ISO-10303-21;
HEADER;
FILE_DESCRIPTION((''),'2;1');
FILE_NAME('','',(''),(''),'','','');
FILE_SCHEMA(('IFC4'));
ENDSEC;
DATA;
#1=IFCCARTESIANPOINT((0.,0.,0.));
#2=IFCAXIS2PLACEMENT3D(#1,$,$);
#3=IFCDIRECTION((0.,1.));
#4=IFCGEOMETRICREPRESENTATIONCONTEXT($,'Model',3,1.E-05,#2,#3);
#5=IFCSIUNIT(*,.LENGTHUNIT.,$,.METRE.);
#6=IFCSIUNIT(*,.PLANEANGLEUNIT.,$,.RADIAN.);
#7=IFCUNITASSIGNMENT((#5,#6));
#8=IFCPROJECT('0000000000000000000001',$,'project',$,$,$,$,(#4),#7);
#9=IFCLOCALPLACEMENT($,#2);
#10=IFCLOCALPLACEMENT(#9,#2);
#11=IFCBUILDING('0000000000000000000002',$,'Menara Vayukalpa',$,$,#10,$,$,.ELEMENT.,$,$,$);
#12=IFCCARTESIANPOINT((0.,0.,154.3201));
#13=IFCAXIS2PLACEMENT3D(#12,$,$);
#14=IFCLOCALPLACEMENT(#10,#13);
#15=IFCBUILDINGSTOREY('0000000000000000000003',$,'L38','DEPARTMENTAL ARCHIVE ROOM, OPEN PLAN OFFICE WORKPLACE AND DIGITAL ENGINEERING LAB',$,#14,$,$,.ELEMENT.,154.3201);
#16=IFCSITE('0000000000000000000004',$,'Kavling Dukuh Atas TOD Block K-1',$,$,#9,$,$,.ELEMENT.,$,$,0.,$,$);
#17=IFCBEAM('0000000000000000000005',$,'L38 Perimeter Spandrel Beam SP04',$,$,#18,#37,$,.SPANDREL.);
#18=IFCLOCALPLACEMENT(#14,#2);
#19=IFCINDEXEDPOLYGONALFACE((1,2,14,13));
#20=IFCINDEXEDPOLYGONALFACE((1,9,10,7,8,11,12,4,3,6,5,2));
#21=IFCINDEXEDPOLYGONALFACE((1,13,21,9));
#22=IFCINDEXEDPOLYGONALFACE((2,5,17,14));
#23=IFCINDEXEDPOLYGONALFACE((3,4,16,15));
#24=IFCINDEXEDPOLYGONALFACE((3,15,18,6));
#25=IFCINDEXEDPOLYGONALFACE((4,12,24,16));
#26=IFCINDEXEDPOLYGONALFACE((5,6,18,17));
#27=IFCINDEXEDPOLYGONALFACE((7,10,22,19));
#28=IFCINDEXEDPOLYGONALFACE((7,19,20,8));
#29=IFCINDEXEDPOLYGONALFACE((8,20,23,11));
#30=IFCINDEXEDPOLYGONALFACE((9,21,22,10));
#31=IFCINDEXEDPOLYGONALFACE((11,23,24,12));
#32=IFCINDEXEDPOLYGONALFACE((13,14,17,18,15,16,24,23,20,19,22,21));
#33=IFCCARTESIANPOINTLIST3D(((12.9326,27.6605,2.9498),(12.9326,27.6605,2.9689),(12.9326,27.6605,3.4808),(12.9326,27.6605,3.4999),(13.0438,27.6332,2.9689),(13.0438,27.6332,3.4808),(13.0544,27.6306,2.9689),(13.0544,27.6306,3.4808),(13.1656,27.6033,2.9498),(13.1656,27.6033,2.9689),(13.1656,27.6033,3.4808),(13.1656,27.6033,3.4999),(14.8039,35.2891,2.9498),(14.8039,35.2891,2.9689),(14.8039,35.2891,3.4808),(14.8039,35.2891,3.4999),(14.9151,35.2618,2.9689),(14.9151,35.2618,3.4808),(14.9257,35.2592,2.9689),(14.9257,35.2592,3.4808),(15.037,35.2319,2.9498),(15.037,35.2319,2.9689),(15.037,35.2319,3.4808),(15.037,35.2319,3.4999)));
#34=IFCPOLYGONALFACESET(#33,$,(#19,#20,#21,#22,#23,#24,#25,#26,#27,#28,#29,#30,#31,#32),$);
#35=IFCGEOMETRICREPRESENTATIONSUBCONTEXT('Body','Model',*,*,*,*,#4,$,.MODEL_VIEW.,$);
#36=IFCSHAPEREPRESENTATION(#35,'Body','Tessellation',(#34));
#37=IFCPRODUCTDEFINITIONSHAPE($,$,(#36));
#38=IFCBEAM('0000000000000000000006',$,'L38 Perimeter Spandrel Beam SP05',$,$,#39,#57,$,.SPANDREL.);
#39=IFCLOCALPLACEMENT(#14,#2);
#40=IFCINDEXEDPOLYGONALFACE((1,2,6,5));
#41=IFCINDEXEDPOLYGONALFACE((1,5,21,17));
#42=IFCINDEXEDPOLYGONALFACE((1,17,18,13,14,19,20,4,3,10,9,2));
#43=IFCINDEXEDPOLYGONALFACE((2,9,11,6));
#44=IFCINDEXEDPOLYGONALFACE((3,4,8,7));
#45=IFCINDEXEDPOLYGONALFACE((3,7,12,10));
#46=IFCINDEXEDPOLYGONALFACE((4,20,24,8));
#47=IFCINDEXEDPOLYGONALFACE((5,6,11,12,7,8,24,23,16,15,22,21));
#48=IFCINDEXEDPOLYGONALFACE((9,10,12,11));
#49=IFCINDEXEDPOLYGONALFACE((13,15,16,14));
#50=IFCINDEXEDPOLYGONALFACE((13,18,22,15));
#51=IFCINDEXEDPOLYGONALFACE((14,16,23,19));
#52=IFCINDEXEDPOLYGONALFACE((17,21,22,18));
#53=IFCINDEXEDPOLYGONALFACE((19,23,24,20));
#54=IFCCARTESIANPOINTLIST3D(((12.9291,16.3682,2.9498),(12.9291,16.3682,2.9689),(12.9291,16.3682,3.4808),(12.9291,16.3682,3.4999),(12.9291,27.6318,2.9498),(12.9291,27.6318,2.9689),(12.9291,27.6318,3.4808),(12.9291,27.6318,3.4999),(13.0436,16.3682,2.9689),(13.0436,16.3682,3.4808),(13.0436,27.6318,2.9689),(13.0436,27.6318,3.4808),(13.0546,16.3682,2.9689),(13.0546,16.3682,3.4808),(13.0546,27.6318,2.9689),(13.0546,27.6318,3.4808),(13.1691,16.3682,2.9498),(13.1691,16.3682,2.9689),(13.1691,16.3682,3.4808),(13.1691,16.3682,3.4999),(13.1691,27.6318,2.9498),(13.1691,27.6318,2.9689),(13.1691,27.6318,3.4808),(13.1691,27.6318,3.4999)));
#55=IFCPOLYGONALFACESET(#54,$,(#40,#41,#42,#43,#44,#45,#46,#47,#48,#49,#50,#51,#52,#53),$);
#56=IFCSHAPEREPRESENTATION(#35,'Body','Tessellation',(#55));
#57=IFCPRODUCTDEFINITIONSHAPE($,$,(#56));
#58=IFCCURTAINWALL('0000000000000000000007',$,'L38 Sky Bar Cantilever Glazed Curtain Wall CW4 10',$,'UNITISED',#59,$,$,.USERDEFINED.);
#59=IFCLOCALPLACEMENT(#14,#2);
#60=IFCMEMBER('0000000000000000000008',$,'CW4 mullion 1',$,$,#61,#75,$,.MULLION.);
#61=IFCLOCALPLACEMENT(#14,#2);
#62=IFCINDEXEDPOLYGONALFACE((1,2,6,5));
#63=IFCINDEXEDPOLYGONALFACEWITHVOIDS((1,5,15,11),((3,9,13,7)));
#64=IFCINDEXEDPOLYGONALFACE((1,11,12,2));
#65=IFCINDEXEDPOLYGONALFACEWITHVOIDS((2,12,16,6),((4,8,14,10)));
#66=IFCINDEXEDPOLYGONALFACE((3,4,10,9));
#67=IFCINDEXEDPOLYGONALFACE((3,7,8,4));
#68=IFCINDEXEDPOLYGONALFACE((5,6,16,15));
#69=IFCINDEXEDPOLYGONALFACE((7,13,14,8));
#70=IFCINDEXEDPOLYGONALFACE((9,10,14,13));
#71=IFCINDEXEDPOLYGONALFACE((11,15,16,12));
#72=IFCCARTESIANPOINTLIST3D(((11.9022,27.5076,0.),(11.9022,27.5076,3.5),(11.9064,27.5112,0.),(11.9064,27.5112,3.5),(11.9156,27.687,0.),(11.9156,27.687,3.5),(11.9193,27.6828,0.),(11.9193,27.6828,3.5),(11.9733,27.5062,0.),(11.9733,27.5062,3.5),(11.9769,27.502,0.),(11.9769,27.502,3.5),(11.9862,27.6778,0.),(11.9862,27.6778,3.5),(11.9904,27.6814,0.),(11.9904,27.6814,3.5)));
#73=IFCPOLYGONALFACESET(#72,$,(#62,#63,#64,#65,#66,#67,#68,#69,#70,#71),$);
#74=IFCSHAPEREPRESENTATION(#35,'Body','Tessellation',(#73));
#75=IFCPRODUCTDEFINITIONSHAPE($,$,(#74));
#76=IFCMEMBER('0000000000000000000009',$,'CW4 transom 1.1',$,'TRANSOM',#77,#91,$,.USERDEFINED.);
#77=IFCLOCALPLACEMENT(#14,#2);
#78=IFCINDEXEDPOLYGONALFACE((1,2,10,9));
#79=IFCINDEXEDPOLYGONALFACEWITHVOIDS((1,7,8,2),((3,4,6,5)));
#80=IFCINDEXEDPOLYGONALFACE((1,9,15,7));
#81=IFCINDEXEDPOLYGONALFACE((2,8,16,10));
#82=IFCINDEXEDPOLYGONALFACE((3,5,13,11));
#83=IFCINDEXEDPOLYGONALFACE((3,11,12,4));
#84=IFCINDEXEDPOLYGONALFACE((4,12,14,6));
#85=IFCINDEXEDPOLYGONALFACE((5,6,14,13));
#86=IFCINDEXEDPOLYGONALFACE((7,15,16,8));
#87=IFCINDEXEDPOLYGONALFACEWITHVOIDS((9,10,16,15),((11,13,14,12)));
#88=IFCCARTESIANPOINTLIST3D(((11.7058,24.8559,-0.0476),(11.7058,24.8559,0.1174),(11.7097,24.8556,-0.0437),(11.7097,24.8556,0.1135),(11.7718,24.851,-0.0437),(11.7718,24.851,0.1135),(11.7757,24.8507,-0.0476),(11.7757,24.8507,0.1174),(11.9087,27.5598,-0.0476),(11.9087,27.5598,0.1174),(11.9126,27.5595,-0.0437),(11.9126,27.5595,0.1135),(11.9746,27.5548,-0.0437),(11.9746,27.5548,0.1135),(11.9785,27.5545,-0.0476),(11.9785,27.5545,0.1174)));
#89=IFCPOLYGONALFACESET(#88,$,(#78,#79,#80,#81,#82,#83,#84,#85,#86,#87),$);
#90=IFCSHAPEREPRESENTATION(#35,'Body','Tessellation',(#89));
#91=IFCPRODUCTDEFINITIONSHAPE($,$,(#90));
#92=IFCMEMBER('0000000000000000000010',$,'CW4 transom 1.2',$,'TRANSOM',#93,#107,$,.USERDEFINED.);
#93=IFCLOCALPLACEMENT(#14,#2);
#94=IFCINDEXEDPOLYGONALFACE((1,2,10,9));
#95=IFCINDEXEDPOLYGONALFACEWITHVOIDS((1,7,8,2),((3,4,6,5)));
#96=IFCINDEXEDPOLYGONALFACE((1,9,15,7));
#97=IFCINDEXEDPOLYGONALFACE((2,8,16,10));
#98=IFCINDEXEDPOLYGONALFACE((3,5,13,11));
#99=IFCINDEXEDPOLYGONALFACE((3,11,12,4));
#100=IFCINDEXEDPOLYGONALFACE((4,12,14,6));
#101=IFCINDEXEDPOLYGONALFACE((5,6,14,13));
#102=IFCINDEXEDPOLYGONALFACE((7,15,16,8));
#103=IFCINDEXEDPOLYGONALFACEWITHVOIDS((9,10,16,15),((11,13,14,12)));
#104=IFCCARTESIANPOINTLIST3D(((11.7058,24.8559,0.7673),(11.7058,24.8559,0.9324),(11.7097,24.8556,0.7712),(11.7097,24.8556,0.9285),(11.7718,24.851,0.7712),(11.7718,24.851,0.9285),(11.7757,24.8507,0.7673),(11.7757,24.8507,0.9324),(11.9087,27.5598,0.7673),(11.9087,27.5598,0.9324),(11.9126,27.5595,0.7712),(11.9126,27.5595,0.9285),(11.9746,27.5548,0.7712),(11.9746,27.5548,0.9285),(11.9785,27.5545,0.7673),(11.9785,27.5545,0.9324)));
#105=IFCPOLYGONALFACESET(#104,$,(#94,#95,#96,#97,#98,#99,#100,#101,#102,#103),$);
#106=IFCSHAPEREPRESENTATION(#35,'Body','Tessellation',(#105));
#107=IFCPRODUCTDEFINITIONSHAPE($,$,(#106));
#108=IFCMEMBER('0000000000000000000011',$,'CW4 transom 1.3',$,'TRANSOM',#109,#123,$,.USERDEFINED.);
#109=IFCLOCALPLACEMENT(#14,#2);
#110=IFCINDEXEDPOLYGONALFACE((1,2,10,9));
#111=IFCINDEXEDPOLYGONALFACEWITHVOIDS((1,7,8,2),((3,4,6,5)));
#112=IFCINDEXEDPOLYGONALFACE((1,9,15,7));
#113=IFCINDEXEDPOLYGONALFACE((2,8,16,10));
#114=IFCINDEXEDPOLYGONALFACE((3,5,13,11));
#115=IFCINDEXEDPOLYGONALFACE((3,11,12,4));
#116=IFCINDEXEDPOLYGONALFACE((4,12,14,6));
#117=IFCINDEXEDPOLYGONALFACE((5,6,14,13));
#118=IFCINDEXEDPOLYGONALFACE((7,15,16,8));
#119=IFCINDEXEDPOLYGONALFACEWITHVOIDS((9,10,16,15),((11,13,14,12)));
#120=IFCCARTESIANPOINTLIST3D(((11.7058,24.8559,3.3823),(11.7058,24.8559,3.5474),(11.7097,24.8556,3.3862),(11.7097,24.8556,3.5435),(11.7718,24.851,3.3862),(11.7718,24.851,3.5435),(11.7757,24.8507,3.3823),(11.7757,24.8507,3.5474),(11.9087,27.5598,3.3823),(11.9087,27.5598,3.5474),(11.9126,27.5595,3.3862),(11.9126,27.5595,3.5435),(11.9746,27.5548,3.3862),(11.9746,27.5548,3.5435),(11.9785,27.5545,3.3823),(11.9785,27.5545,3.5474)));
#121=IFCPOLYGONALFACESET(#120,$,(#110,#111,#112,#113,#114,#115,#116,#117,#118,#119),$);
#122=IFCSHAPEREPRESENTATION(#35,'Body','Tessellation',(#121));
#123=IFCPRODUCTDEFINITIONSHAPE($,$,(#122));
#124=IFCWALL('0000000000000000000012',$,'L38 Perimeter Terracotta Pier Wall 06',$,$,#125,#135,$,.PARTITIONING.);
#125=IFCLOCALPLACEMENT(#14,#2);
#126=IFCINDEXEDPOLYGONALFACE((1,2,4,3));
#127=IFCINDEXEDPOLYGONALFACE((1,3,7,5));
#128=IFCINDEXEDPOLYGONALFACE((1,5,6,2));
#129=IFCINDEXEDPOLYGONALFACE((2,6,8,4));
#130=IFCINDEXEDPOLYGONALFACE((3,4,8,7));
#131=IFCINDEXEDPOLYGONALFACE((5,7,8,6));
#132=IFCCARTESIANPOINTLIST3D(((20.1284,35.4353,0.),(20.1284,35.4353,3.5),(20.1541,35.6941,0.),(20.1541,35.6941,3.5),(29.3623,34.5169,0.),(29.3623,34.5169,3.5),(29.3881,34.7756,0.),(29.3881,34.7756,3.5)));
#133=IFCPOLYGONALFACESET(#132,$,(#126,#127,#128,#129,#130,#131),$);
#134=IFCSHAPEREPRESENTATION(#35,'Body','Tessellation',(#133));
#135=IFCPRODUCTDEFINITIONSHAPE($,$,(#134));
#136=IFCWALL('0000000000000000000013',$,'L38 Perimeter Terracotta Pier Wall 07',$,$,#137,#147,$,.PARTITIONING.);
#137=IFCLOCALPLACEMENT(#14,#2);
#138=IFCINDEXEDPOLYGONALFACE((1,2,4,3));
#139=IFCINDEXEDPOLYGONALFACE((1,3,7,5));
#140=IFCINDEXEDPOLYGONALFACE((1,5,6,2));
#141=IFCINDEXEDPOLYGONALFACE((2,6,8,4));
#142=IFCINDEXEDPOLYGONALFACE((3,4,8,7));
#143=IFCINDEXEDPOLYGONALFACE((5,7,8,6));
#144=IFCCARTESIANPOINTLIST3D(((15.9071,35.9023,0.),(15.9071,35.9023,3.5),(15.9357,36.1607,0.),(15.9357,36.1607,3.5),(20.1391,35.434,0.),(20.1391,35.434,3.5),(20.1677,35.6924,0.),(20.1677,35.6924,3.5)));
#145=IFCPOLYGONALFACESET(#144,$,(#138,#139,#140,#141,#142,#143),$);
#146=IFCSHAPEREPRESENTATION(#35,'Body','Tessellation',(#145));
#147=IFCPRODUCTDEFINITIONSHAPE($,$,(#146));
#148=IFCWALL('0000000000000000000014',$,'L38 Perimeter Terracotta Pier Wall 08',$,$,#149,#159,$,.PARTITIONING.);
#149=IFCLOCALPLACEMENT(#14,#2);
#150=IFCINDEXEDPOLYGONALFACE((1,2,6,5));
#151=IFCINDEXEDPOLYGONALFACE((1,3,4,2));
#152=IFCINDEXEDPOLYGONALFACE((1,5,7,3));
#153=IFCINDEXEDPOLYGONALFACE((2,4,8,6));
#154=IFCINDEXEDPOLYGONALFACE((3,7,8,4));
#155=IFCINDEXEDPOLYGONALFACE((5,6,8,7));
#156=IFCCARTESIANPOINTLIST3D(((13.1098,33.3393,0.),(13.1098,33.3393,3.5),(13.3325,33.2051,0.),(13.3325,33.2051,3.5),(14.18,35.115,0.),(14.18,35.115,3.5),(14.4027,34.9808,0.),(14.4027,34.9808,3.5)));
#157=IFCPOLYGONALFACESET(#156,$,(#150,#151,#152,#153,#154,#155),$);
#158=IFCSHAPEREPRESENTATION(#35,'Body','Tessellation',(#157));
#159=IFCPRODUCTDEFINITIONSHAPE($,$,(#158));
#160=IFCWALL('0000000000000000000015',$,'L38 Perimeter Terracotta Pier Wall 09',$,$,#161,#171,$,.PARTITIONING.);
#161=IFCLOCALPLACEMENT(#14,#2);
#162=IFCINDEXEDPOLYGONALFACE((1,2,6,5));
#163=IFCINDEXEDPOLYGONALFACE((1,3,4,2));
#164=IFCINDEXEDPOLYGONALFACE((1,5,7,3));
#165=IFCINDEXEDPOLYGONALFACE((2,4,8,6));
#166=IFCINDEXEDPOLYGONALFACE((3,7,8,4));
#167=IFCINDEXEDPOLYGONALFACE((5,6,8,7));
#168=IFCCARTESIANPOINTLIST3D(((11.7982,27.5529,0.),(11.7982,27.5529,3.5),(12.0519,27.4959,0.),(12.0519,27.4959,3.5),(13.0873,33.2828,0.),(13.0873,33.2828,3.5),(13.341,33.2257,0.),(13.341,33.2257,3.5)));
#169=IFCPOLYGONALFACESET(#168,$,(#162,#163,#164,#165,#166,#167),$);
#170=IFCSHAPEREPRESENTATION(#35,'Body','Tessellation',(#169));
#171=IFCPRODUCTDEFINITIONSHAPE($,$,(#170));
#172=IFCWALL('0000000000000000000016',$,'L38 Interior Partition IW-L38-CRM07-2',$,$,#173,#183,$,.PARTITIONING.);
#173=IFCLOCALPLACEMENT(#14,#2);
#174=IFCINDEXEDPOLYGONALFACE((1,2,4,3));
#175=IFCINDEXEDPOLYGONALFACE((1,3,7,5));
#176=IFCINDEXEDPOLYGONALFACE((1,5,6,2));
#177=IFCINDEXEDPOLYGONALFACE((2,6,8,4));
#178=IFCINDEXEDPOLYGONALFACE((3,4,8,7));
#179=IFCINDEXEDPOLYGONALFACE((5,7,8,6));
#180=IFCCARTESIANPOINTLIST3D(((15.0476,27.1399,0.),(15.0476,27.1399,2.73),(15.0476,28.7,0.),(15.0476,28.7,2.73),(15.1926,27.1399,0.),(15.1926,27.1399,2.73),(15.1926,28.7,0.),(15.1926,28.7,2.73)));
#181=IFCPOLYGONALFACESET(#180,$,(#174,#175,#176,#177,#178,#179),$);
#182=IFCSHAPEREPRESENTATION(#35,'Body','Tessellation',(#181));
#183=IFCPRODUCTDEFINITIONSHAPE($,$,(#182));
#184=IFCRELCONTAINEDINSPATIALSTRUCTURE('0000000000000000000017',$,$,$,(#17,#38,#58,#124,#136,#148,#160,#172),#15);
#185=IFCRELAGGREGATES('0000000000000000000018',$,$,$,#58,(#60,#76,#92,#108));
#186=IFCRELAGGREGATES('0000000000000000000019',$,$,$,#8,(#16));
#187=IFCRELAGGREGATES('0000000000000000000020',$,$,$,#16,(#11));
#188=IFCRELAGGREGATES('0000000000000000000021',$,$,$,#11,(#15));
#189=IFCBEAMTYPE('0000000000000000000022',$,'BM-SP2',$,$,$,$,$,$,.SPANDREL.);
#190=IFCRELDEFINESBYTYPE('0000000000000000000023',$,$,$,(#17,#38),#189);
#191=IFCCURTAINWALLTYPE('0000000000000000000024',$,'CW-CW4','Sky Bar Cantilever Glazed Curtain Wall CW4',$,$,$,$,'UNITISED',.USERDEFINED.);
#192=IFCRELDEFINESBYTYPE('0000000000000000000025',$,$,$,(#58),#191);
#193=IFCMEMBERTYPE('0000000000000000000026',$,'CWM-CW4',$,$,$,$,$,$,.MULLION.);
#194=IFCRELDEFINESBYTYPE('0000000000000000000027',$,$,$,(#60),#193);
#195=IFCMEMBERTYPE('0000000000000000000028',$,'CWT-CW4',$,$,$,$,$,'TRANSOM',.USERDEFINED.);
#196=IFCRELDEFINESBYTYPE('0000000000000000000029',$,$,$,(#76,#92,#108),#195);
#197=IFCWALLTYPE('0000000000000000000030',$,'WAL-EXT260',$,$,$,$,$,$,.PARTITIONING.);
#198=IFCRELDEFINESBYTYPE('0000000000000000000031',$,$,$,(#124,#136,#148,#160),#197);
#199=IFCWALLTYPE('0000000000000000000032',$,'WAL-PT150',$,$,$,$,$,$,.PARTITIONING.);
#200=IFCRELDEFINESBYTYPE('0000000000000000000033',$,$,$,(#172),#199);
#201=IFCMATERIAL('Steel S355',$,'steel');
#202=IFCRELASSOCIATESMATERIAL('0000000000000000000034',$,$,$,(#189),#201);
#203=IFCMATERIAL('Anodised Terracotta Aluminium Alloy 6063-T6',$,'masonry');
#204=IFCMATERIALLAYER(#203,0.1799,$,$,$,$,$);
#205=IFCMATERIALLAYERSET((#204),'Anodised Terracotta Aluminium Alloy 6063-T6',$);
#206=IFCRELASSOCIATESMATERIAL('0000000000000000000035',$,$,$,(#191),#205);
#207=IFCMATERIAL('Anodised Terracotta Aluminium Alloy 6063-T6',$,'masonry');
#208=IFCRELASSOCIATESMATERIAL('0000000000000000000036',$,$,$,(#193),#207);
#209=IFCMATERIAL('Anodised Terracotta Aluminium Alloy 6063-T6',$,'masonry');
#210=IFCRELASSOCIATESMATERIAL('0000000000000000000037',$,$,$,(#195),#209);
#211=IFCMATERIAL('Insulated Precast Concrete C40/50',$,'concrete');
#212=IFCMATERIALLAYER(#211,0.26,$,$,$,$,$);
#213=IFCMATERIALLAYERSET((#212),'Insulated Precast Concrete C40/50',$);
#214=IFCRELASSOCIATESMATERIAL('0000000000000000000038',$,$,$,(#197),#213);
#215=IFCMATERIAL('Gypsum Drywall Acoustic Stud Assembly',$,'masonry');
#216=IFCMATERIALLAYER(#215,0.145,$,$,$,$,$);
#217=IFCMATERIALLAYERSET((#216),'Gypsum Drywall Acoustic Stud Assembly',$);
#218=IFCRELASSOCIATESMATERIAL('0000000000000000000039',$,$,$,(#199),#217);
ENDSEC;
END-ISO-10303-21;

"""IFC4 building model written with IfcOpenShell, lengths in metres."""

from ifc_helpers import new_model, si_unit, direction, frame, frame_2d, origin, origin_2d, place, context, subcontext, project, spatial, rectangle, hollow_rectangle, i_section, extrude, material, layer, layer_set, material_profile, profile_set, type_object, element, aggregate, save


model = new_model("IFC4")

# Units and contexts
model_context = context("Model", 3, precision=1e-05, world=origin(), true_north=direction((0.0, 1.0)))
body_context = subcontext(model_context, "Body", "Model", "MODEL_VIEW")
ifc_project = project(units=[si_unit("LENGTHUNIT", "METRE"), si_unit("PLANEANGLEUNIT", "RADIAN")], contexts=[model_context])

# Site, building, storey
site_placement = place(None, origin())
site = spatial("IfcSite", under=ifc_project, at=site_placement, Name="Kavling Dukuh Atas TOD Block K-1", CompositionType="ELEMENT", RefElevation=0.0)
building_placement = place(site_placement, origin())
building = spatial("IfcBuilding", under=site, at=building_placement, Name="Menara Vayukalpa", CompositionType="ELEMENT")
storey_placement = place(building_placement, frame((0.0, 0.0, 154.3201)))
storey = spatial("IfcBuildingStorey", under=building, at=storey_placement, Name="L38", Description="DEPARTMENTAL ARCHIVE ROOM, OPEN PLAN OFFICE WORKPLACE AND DIGITAL ENGINEERING LAB", CompositionType="ELEMENT", Elevation=154.3201)

# Beams
ifc_material_1 = material(Name="Steel S355", Category="steel")
ifc_material_profile_1 = material_profile(ifc_material_1, i_section(OverallWidth=0.24, OverallDepth=0.55, WebThickness=0.011, FlangeThickness=0.019, at=origin_2d()), Name="WF 550x240x11x19")
ifc_profile_set_1 = profile_set([ifc_material_profile_1], Name="Steel S355")
beam_type_1 = type_object("IfcBeamType", Name="BM-SP2", PredefinedType="SPANDREL", material=ifc_profile_set_1)
beam_1_placement = place(storey_placement, frame((14.9204, 35.2605, 3.2249), z_axis=(-0.23824, -0.971206, 0.0), x_axis=(0.971206, -0.23824, 0.0)))
element("IfcBeam", 1, at=beam_1_placement, inside=storey, type_object=beam_type_1, Name="L38 Perimeter Spandrel Beam SP04", PredefinedType="SPANDREL", context=body_context, shape_type="SweptSolid", body=[
    extrude(i_section(OverallWidth=0.24, OverallDepth=0.55, WebThickness=0.011, FlangeThickness=0.019, at=origin_2d()), origin(), (0.0, 0.0, 1.0), 7.8547),
])
beam_2_placement = place(storey_placement, frame((13.0491, 27.6318, 3.2249), z_axis=(0.0, -1.0, 0.0), x_axis=(1.0, 0.0, 0.0)))
element("IfcBeam", 2, at=beam_2_placement, inside=storey, type_object=beam_type_1, Name="L38 Perimeter Spandrel Beam SP05", PredefinedType="SPANDREL", context=body_context, shape_type="SweptSolid", body=[
    extrude(i_section(OverallWidth=0.24, OverallDepth=0.55, WebThickness=0.011, FlangeThickness=0.019, at=origin_2d()), origin(), (0.0, 0.0, 1.0), 11.2637),
])

# Curtain wall, members
ifc_material_2 = material(Name="Anodised Terracotta Aluminium Alloy 6063-T6", Category="masonry")
ifc_layer_1 = layer(ifc_material_2, 0.1799)
ifc_layer_set_1 = layer_set([ifc_layer_1], Name="Anodised Terracotta Aluminium Alloy 6063-T6")
curtain_wall_type = type_object("IfcCurtainWallType", Name="CW-CW4", Description="Sky Bar Cantilever Glazed Curtain Wall CW4", ElementType="UNITISED", PredefinedType="USERDEFINED", material=ifc_layer_set_1)
curtain_wall_placement = place(storey_placement, origin())
curtain_wall = element("IfcCurtainWall", 3, at=curtain_wall_placement, inside=storey, type_object=curtain_wall_type, Name="L38 Sky Bar Cantilever Glazed Curtain Wall CW4 10", ObjectType="UNITISED", PredefinedType="USERDEFINED")
ifc_material_3 = material(Name="Anodised Terracotta Aluminium Alloy 6063-T6", Category="masonry")
ifc_material_profile_2 = material_profile(ifc_material_3, hollow_rectangle(XDim=0.075, YDim=0.1799, WallThickness=0.0039, at=origin_2d()), Name="ALU 75x180x4")
ifc_profile_set_2 = profile_set([ifc_material_profile_2], Name="Anodised Terracotta Aluminium Alloy 6063-T6")
member_type_1 = type_object("IfcMemberType", Name="CWM-CW4", PredefinedType="MULLION", material=ifc_profile_set_2)
member_1_placement = place(storey_placement, frame((11.9463, 27.5945, 0.0), z_axis=(0.0, 0.0, 1.0), x_axis=(0.997199, -0.074793, 0.0)))
member_1 = element("IfcMember", 4, at=member_1_placement, type_object=member_type_1, Name="CW4 mullion 1", PredefinedType="MULLION", context=body_context, shape_type="SweptSolid", body=[
    extrude(hollow_rectangle(XDim=0.075, YDim=0.1799, WallThickness=0.0039, at=origin_2d()), origin(), (0.0, 0.0, 1.0), 3.5),
])
ifc_material_4 = material(Name="Anodised Terracotta Aluminium Alloy 6063-T6", Category="masonry")
ifc_material_profile_3 = material_profile(ifc_material_4, hollow_rectangle(XDim=0.0701, YDim=0.165, WallThickness=0.0039, at=origin_2d()), Name="ALU 70x165x4")
ifc_profile_set_3 = profile_set([ifc_material_profile_3], Name="Anodised Terracotta Aluminium Alloy 6063-T6")
member_type_2 = type_object("IfcMemberType", Name="CWT-CW4", ElementType="TRANSOM", PredefinedType="USERDEFINED", material=ifc_profile_set_3)
member_2_placement = place(storey_placement, frame((11.9436, 27.5571, 0.0349), z_axis=(-0.074824, -0.997197, 0.0), x_axis=(0.997197, -0.074824, 0.0)))
member_2 = element("IfcMember", 5, at=member_2_placement, type_object=member_type_2, Name="CW4 transom 1.1", ObjectType="TRANSOM", PredefinedType="USERDEFINED", context=body_context, shape_type="SweptSolid", body=[
    extrude(hollow_rectangle(XDim=0.0701, YDim=0.165, WallThickness=0.0039, at=origin_2d()), origin(), (0.0, 0.0, 1.0), 2.7114),
])
member_3_placement = place(storey_placement, frame((11.9436, 27.5571, 0.8499), z_axis=(-0.074824, -0.997197, 0.0), x_axis=(0.997197, -0.074824, 0.0)))
member_3 = element("IfcMember", 6, at=member_3_placement, type_object=member_type_2, Name="CW4 transom 1.2", ObjectType="TRANSOM", PredefinedType="USERDEFINED", context=body_context, shape_type="SweptSolid", body=[
    extrude(hollow_rectangle(XDim=0.0701, YDim=0.165, WallThickness=0.0039, at=origin_2d()), origin(), (0.0, 0.0, 1.0), 2.7114),
])
member_4_placement = place(storey_placement, frame((11.9436, 27.5571, 3.4648), z_axis=(-0.074824, -0.997197, 0.0), x_axis=(0.997197, -0.074824, 0.0)))
member_4 = element("IfcMember", 7, at=member_4_placement, type_object=member_type_2, Name="CW4 transom 1.3", ObjectType="TRANSOM", PredefinedType="USERDEFINED", context=body_context, shape_type="SweptSolid", body=[
    extrude(hollow_rectangle(XDim=0.0701, YDim=0.165, WallThickness=0.0039, at=origin_2d()), origin(), (0.0, 0.0, 1.0), 2.7114),
])
aggregate(curtain_wall, [member_1, member_2, member_3, member_4])

# Walls
ifc_material_5 = material(Name="Insulated Precast Concrete C40/50", Category="concrete")
ifc_layer_2 = layer(ifc_material_5, 0.26)
ifc_layer_set_2 = layer_set([ifc_layer_2], Name="Insulated Precast Concrete C40/50")
wall_type_1 = type_object("IfcWallType", Name="WAL-EXT260", PredefinedType="PARTITIONING", material=ifc_layer_set_2)
wall_1_placement = place(storey_placement, frame((20.1414, 35.5647, 0.0), z_axis=(0.0, 0.0, 1.0), x_axis=(0.99509, -0.098978, 0.0)))
element("IfcWall", 8, at=wall_1_placement, inside=storey, type_object=wall_type_1, Name="L38 Perimeter Terracotta Pier Wall 06", PredefinedType="PARTITIONING", context=body_context, shape_type="SweptSolid", body=[
    extrude(rectangle(XDim=9.2795, YDim=0.26, at=frame_2d((4.6396, 0.0))), origin(), (0.0, 0.0, 1.0), 3.5),
])
wall_2_placement = place(storey_placement, frame((15.9214, 36.0315, 0.0), z_axis=(0.0, 0.0, 1.0), x_axis=(0.993934, -0.109978, 0.0)))
element("IfcWall", 9, at=wall_2_placement, inside=storey, type_object=wall_type_1, Name="L38 Perimeter Terracotta Pier Wall 07", PredefinedType="PARTITIONING", context=body_context, shape_type="SweptSolid", body=[
    extrude(rectangle(XDim=4.2578, YDim=0.26, at=frame_2d((2.1289, 0.0))), origin(), (0.0, 0.0, 1.0), 3.5),
])
wall_3_placement = place(storey_placement, frame((13.2212, 33.2722, 0.0), z_axis=(0.0, 0.0, 1.0), x_axis=(0.516157, 0.856494, 0.0)))
element("IfcWall", 10, at=wall_3_placement, inside=storey, type_object=wall_type_1, Name="L38 Perimeter Terracotta Pier Wall 08", PredefinedType="PARTITIONING", context=body_context, shape_type="SweptSolid", body=[
    extrude(rectangle(XDim=2.0732, YDim=0.26, at=frame_2d((1.0366, 0.0))), origin(), (0.0, 0.0, 1.0), 3.5),
])
wall_4_placement = place(storey_placement, frame((11.925, 27.5244, 0.0), z_axis=(0.0, 0.0, 1.0), x_axis=(0.219491, 0.975614, 0.0)))
element("IfcWall", 11, at=wall_4_placement, inside=storey, type_object=wall_type_1, Name="L38 Perimeter Terracotta Pier Wall 09", PredefinedType="PARTITIONING", context=body_context, shape_type="SweptSolid", body=[
    extrude(rectangle(XDim=5.873, YDim=0.26, at=frame_2d((2.9365, 0.0))), origin(), (0.0, 0.0, 1.0), 3.5),
])
ifc_material_6 = material(Name="Gypsum Drywall Acoustic Stud Assembly", Category="masonry")
ifc_layer_3 = layer(ifc_material_6, 0.145)
ifc_layer_set_3 = layer_set([ifc_layer_3], Name="Gypsum Drywall Acoustic Stud Assembly")
wall_type_2 = type_object("IfcWallType", Name="WAL-PT150", PredefinedType="PARTITIONING", material=ifc_layer_set_3)
wall_5_placement = place(storey_placement, frame((15.1201, 28.7, 0.0), z_axis=(0.0, 0.0, 1.0), x_axis=(0.0, -1.0, 0.0)))
element("IfcWall", 12, at=wall_5_placement, inside=storey, type_object=wall_type_2, Name="L38 Interior Partition IW-L38-CRM07-2", PredefinedType="PARTITIONING", context=body_context, shape_type="SweptSolid", body=[
    extrude(rectangle(XDim=1.5601, YDim=0.145, at=frame_2d((0.78, 0.0))), origin(), (0.0, 0.0, 1.0), 2.73),
])

save(model, "model.ifc")
